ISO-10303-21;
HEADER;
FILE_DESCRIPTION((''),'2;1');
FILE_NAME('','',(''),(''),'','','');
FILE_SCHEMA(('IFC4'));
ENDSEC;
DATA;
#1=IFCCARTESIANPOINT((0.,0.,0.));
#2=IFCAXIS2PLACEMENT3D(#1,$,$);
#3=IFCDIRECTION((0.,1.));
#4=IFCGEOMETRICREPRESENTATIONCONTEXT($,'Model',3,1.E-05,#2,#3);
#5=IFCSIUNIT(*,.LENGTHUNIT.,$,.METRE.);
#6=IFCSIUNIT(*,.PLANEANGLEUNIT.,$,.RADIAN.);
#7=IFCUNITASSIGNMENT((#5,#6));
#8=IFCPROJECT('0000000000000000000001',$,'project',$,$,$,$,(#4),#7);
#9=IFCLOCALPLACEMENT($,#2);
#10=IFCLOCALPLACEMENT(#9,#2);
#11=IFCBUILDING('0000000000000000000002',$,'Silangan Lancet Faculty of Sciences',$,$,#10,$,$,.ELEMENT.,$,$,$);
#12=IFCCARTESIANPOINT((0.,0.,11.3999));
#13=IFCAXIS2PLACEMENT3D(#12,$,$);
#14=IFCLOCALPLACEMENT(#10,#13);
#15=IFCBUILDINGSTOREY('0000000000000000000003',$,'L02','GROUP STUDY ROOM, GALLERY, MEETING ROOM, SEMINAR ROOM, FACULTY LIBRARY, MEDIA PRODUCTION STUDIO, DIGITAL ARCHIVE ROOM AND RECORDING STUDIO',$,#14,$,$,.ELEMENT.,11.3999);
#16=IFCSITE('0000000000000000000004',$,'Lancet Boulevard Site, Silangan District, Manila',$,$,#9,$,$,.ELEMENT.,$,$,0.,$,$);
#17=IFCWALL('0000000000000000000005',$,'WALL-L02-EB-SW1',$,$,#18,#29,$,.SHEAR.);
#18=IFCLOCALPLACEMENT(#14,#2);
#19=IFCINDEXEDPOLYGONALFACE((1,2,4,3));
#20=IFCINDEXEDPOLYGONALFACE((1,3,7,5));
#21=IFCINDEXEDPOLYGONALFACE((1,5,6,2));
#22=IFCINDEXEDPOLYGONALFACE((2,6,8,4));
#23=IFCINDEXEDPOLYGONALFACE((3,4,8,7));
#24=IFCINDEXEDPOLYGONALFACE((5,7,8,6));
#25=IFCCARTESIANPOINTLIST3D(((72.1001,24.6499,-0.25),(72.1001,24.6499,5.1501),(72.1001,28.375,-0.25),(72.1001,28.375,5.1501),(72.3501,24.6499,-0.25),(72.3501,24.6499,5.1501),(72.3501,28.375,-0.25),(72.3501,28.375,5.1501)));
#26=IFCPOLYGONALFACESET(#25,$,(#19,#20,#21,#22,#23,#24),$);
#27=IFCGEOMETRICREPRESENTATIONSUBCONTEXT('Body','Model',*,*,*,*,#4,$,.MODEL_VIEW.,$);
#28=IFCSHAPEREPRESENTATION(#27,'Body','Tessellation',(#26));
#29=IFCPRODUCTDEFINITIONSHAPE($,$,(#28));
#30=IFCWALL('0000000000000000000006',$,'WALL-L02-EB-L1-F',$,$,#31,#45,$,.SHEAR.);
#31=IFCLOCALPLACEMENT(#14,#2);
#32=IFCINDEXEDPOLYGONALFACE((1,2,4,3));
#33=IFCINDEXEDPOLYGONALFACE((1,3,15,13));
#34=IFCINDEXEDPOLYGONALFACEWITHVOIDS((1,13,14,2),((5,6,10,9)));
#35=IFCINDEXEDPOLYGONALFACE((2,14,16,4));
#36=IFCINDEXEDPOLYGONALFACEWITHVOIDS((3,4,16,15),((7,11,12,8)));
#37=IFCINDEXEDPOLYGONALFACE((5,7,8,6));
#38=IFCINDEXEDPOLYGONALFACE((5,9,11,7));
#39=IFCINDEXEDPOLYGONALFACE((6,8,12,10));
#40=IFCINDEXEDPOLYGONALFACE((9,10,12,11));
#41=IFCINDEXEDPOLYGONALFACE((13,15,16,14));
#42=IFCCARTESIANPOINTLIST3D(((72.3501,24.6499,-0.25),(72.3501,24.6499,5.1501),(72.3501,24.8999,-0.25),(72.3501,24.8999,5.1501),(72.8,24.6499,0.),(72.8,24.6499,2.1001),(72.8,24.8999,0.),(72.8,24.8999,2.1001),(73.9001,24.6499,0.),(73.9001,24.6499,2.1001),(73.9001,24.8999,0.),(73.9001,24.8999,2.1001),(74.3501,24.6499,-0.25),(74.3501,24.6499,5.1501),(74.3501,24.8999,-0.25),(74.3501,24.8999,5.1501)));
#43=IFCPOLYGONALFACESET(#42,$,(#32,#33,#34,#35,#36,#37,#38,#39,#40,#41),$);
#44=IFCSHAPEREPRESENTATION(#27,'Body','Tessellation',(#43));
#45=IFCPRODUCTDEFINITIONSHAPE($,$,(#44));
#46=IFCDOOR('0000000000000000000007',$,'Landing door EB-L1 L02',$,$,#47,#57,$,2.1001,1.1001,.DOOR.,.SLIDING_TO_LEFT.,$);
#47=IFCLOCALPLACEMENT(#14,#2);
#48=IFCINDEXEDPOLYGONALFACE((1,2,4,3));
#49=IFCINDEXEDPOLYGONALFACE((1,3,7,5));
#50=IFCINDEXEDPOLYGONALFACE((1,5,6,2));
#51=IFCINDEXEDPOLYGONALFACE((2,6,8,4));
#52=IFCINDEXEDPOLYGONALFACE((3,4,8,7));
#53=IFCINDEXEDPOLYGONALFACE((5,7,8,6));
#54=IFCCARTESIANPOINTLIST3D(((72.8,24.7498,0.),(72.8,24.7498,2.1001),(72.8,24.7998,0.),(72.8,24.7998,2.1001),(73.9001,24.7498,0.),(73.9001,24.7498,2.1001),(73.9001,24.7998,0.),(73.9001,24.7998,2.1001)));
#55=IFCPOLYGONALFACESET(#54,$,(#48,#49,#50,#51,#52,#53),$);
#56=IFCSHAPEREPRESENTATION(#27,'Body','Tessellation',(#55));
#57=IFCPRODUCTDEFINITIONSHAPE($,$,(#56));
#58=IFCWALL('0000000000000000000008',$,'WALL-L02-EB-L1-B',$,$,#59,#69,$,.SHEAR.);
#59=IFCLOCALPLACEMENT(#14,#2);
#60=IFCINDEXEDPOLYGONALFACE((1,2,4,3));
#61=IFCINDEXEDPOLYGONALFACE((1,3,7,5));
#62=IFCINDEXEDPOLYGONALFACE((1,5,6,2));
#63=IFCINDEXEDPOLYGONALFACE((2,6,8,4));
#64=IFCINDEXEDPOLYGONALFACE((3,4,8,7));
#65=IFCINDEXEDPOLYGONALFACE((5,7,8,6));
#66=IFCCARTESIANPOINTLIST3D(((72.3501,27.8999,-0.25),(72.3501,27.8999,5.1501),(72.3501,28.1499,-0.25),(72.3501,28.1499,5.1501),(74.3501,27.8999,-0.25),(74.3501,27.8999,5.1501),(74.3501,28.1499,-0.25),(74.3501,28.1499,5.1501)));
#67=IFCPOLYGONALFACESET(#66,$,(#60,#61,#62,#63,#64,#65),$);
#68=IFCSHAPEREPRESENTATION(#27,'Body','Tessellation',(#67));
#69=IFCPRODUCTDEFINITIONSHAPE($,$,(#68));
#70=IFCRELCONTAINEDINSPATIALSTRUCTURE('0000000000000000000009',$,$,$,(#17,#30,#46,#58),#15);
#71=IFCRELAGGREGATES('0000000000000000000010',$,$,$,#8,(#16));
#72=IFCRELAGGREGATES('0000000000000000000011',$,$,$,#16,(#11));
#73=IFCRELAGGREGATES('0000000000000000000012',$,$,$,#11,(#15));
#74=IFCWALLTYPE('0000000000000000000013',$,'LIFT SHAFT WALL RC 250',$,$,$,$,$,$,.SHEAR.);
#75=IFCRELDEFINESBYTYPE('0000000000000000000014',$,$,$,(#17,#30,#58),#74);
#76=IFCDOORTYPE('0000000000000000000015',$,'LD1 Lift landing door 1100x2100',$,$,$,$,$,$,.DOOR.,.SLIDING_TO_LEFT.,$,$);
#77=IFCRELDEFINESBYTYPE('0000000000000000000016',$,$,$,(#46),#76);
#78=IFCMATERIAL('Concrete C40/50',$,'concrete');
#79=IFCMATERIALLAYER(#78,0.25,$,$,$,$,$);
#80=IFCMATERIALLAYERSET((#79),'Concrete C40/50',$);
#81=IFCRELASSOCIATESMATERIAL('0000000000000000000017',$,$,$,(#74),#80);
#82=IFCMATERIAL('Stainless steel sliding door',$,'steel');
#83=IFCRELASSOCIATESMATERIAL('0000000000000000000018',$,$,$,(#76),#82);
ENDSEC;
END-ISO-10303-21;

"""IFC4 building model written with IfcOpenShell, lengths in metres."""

from ifc_helpers import new_model, si_unit, direction, frame, frame_2d, origin, place, context, subcontext, project, spatial, rectangle, extrude, material, layer, layer_set, type_object, element, fill, save


model = new_model("IFC4")

# Units and contexts
model_context = context("Model", 3, precision=1e-05, world=origin(), true_north=direction((0.0, 1.0)))
body_context = subcontext(model_context, "Body", "Model", "MODEL_VIEW")
ifc_project = project(units=[si_unit("LENGTHUNIT", "METRE"), si_unit("PLANEANGLEUNIT", "RADIAN")], contexts=[model_context])

# Site, building, storey
site_placement = place(None, origin())
site = spatial("IfcSite", under=ifc_project, at=site_placement, Name="Lancet Boulevard Site, Silangan District, Manila", CompositionType="ELEMENT", RefElevation=0.0)
building_placement = place(site_placement, origin())
building = spatial("IfcBuilding", under=site, at=building_placement, Name="Silangan Lancet Faculty of Sciences", CompositionType="ELEMENT")
storey_placement = place(building_placement, frame((0.0, 0.0, 11.3999)))
storey = spatial("IfcBuildingStorey", under=building, at=storey_placement, Name="L02", Description="GROUP STUDY ROOM, GALLERY, MEETING ROOM, SEMINAR ROOM, FACULTY LIBRARY, MEDIA PRODUCTION STUDIO, DIGITAL ARCHIVE ROOM AND RECORDING STUDIO", CompositionType="ELEMENT", Elevation=11.3999)

# Wall
ifc_material_1 = material(Name="Concrete C40/50", Category="concrete")
ifc_layer_1 = layer(ifc_material_1, 0.25)
ifc_layer_set_1 = layer_set([ifc_layer_1], Name="Concrete C40/50")
wall_type_1 = type_object("IfcWallType", Name="LIFT SHAFT WALL RC 250", PredefinedType="SHEAR", material=ifc_layer_set_1)
wall_1_placement = place(storey_placement, frame((72.2251, 24.6499, -0.25), z_axis=(0.0, 0.0, 1.0), x_axis=(0.0, 1.0, 0.0)))
element("IfcWall", 1, at=wall_1_placement, inside=storey, type_object=wall_type_1, Name="WALL-L02-EB-SW1", PredefinedType="SHEAR", context=body_context, shape_type="SweptSolid", body=[
    extrude(rectangle(XDim=3.7251, YDim=0.25, at=frame_2d((1.8625, 0.0))), origin(), (0.0, 0.0, 1.0), 5.4001),
])

# Wall, opening, door
wall_2_placement = place(storey_placement, frame((72.3501, 24.7749, -0.25), z_axis=(0.0, 0.0, 1.0), x_axis=(1.0, 0.0, 0.0)))
wall_2 = element("IfcWall", 2, at=wall_2_placement, inside=storey, type_object=wall_type_1, Name="WALL-L02-EB-L1-F", PredefinedType="SHEAR", context=body_context, shape_type="SweptSolid", body=[
    extrude(rectangle(XDim=2.0, YDim=0.25, at=frame_2d((1.0, 0.0))), origin(), (0.0, 0.0, 1.0), 5.4001),
])
opening_placement = place(wall_2_placement, frame((0.45, 0.0, 0.25)))
opening = element("IfcOpeningElement", 3, at=opening_placement, cuts=wall_2, PredefinedType="OPENING", context=body_context, shape_type="SweptSolid", body=[
    extrude(rectangle(XDim=1.1001, YDim=2.1001, at=frame_2d((0.55, 1.05))), frame((0.0, 0.135, 0.0), z_axis=(0.0, -1.0, 0.0), x_axis=(1.0, 0.0, 0.0)), (0.0, 0.0, 1.0), 0.27),
])
ifc_material_2 = material(Name="Stainless steel sliding door", Category="steel")
door_type = type_object("IfcDoorType", Name="LD1 Lift landing door 1100x2100", OperationType="SLIDING_TO_LEFT", PredefinedType="DOOR", material=ifc_material_2)
door_placement = place(opening_placement, origin())
door = element("IfcDoor", 4, at=door_placement, inside=storey, type_object=door_type, Name="Landing door EB-L1 L02", OperationType="SLIDING_TO_LEFT", OverallHeight=2.1001, OverallWidth=1.1001, PredefinedType="DOOR", context=body_context, shape_type="SweptSolid", body=[
    extrude(rectangle(XDim=1.1001, YDim=2.1001, at=frame_2d((0.55, 1.05))), frame((0.0, 0.0249, 0.0), z_axis=(0.0, -1.0, 0.0), x_axis=(1.0, 0.0, 0.0)), (0.0, 0.0, 1.0), 0.05),
])
fill(opening, door)

# Wall
wall_3_placement = place(storey_placement, frame((72.3501, 28.0249, -0.25), z_axis=(0.0, 0.0, 1.0), x_axis=(1.0, 0.0, 0.0)))
element("IfcWall", 5, at=wall_3_placement, inside=storey, type_object=wall_type_1, Name="WALL-L02-EB-L1-B", PredefinedType="SHEAR", context=body_context, shape_type="SweptSolid", body=[
    extrude(rectangle(XDim=2.0, YDim=0.25, at=frame_2d((1.0, 0.0))), origin(), (0.0, 0.0, 1.0), 5.4001),
])

save(model, "model.ifc")
